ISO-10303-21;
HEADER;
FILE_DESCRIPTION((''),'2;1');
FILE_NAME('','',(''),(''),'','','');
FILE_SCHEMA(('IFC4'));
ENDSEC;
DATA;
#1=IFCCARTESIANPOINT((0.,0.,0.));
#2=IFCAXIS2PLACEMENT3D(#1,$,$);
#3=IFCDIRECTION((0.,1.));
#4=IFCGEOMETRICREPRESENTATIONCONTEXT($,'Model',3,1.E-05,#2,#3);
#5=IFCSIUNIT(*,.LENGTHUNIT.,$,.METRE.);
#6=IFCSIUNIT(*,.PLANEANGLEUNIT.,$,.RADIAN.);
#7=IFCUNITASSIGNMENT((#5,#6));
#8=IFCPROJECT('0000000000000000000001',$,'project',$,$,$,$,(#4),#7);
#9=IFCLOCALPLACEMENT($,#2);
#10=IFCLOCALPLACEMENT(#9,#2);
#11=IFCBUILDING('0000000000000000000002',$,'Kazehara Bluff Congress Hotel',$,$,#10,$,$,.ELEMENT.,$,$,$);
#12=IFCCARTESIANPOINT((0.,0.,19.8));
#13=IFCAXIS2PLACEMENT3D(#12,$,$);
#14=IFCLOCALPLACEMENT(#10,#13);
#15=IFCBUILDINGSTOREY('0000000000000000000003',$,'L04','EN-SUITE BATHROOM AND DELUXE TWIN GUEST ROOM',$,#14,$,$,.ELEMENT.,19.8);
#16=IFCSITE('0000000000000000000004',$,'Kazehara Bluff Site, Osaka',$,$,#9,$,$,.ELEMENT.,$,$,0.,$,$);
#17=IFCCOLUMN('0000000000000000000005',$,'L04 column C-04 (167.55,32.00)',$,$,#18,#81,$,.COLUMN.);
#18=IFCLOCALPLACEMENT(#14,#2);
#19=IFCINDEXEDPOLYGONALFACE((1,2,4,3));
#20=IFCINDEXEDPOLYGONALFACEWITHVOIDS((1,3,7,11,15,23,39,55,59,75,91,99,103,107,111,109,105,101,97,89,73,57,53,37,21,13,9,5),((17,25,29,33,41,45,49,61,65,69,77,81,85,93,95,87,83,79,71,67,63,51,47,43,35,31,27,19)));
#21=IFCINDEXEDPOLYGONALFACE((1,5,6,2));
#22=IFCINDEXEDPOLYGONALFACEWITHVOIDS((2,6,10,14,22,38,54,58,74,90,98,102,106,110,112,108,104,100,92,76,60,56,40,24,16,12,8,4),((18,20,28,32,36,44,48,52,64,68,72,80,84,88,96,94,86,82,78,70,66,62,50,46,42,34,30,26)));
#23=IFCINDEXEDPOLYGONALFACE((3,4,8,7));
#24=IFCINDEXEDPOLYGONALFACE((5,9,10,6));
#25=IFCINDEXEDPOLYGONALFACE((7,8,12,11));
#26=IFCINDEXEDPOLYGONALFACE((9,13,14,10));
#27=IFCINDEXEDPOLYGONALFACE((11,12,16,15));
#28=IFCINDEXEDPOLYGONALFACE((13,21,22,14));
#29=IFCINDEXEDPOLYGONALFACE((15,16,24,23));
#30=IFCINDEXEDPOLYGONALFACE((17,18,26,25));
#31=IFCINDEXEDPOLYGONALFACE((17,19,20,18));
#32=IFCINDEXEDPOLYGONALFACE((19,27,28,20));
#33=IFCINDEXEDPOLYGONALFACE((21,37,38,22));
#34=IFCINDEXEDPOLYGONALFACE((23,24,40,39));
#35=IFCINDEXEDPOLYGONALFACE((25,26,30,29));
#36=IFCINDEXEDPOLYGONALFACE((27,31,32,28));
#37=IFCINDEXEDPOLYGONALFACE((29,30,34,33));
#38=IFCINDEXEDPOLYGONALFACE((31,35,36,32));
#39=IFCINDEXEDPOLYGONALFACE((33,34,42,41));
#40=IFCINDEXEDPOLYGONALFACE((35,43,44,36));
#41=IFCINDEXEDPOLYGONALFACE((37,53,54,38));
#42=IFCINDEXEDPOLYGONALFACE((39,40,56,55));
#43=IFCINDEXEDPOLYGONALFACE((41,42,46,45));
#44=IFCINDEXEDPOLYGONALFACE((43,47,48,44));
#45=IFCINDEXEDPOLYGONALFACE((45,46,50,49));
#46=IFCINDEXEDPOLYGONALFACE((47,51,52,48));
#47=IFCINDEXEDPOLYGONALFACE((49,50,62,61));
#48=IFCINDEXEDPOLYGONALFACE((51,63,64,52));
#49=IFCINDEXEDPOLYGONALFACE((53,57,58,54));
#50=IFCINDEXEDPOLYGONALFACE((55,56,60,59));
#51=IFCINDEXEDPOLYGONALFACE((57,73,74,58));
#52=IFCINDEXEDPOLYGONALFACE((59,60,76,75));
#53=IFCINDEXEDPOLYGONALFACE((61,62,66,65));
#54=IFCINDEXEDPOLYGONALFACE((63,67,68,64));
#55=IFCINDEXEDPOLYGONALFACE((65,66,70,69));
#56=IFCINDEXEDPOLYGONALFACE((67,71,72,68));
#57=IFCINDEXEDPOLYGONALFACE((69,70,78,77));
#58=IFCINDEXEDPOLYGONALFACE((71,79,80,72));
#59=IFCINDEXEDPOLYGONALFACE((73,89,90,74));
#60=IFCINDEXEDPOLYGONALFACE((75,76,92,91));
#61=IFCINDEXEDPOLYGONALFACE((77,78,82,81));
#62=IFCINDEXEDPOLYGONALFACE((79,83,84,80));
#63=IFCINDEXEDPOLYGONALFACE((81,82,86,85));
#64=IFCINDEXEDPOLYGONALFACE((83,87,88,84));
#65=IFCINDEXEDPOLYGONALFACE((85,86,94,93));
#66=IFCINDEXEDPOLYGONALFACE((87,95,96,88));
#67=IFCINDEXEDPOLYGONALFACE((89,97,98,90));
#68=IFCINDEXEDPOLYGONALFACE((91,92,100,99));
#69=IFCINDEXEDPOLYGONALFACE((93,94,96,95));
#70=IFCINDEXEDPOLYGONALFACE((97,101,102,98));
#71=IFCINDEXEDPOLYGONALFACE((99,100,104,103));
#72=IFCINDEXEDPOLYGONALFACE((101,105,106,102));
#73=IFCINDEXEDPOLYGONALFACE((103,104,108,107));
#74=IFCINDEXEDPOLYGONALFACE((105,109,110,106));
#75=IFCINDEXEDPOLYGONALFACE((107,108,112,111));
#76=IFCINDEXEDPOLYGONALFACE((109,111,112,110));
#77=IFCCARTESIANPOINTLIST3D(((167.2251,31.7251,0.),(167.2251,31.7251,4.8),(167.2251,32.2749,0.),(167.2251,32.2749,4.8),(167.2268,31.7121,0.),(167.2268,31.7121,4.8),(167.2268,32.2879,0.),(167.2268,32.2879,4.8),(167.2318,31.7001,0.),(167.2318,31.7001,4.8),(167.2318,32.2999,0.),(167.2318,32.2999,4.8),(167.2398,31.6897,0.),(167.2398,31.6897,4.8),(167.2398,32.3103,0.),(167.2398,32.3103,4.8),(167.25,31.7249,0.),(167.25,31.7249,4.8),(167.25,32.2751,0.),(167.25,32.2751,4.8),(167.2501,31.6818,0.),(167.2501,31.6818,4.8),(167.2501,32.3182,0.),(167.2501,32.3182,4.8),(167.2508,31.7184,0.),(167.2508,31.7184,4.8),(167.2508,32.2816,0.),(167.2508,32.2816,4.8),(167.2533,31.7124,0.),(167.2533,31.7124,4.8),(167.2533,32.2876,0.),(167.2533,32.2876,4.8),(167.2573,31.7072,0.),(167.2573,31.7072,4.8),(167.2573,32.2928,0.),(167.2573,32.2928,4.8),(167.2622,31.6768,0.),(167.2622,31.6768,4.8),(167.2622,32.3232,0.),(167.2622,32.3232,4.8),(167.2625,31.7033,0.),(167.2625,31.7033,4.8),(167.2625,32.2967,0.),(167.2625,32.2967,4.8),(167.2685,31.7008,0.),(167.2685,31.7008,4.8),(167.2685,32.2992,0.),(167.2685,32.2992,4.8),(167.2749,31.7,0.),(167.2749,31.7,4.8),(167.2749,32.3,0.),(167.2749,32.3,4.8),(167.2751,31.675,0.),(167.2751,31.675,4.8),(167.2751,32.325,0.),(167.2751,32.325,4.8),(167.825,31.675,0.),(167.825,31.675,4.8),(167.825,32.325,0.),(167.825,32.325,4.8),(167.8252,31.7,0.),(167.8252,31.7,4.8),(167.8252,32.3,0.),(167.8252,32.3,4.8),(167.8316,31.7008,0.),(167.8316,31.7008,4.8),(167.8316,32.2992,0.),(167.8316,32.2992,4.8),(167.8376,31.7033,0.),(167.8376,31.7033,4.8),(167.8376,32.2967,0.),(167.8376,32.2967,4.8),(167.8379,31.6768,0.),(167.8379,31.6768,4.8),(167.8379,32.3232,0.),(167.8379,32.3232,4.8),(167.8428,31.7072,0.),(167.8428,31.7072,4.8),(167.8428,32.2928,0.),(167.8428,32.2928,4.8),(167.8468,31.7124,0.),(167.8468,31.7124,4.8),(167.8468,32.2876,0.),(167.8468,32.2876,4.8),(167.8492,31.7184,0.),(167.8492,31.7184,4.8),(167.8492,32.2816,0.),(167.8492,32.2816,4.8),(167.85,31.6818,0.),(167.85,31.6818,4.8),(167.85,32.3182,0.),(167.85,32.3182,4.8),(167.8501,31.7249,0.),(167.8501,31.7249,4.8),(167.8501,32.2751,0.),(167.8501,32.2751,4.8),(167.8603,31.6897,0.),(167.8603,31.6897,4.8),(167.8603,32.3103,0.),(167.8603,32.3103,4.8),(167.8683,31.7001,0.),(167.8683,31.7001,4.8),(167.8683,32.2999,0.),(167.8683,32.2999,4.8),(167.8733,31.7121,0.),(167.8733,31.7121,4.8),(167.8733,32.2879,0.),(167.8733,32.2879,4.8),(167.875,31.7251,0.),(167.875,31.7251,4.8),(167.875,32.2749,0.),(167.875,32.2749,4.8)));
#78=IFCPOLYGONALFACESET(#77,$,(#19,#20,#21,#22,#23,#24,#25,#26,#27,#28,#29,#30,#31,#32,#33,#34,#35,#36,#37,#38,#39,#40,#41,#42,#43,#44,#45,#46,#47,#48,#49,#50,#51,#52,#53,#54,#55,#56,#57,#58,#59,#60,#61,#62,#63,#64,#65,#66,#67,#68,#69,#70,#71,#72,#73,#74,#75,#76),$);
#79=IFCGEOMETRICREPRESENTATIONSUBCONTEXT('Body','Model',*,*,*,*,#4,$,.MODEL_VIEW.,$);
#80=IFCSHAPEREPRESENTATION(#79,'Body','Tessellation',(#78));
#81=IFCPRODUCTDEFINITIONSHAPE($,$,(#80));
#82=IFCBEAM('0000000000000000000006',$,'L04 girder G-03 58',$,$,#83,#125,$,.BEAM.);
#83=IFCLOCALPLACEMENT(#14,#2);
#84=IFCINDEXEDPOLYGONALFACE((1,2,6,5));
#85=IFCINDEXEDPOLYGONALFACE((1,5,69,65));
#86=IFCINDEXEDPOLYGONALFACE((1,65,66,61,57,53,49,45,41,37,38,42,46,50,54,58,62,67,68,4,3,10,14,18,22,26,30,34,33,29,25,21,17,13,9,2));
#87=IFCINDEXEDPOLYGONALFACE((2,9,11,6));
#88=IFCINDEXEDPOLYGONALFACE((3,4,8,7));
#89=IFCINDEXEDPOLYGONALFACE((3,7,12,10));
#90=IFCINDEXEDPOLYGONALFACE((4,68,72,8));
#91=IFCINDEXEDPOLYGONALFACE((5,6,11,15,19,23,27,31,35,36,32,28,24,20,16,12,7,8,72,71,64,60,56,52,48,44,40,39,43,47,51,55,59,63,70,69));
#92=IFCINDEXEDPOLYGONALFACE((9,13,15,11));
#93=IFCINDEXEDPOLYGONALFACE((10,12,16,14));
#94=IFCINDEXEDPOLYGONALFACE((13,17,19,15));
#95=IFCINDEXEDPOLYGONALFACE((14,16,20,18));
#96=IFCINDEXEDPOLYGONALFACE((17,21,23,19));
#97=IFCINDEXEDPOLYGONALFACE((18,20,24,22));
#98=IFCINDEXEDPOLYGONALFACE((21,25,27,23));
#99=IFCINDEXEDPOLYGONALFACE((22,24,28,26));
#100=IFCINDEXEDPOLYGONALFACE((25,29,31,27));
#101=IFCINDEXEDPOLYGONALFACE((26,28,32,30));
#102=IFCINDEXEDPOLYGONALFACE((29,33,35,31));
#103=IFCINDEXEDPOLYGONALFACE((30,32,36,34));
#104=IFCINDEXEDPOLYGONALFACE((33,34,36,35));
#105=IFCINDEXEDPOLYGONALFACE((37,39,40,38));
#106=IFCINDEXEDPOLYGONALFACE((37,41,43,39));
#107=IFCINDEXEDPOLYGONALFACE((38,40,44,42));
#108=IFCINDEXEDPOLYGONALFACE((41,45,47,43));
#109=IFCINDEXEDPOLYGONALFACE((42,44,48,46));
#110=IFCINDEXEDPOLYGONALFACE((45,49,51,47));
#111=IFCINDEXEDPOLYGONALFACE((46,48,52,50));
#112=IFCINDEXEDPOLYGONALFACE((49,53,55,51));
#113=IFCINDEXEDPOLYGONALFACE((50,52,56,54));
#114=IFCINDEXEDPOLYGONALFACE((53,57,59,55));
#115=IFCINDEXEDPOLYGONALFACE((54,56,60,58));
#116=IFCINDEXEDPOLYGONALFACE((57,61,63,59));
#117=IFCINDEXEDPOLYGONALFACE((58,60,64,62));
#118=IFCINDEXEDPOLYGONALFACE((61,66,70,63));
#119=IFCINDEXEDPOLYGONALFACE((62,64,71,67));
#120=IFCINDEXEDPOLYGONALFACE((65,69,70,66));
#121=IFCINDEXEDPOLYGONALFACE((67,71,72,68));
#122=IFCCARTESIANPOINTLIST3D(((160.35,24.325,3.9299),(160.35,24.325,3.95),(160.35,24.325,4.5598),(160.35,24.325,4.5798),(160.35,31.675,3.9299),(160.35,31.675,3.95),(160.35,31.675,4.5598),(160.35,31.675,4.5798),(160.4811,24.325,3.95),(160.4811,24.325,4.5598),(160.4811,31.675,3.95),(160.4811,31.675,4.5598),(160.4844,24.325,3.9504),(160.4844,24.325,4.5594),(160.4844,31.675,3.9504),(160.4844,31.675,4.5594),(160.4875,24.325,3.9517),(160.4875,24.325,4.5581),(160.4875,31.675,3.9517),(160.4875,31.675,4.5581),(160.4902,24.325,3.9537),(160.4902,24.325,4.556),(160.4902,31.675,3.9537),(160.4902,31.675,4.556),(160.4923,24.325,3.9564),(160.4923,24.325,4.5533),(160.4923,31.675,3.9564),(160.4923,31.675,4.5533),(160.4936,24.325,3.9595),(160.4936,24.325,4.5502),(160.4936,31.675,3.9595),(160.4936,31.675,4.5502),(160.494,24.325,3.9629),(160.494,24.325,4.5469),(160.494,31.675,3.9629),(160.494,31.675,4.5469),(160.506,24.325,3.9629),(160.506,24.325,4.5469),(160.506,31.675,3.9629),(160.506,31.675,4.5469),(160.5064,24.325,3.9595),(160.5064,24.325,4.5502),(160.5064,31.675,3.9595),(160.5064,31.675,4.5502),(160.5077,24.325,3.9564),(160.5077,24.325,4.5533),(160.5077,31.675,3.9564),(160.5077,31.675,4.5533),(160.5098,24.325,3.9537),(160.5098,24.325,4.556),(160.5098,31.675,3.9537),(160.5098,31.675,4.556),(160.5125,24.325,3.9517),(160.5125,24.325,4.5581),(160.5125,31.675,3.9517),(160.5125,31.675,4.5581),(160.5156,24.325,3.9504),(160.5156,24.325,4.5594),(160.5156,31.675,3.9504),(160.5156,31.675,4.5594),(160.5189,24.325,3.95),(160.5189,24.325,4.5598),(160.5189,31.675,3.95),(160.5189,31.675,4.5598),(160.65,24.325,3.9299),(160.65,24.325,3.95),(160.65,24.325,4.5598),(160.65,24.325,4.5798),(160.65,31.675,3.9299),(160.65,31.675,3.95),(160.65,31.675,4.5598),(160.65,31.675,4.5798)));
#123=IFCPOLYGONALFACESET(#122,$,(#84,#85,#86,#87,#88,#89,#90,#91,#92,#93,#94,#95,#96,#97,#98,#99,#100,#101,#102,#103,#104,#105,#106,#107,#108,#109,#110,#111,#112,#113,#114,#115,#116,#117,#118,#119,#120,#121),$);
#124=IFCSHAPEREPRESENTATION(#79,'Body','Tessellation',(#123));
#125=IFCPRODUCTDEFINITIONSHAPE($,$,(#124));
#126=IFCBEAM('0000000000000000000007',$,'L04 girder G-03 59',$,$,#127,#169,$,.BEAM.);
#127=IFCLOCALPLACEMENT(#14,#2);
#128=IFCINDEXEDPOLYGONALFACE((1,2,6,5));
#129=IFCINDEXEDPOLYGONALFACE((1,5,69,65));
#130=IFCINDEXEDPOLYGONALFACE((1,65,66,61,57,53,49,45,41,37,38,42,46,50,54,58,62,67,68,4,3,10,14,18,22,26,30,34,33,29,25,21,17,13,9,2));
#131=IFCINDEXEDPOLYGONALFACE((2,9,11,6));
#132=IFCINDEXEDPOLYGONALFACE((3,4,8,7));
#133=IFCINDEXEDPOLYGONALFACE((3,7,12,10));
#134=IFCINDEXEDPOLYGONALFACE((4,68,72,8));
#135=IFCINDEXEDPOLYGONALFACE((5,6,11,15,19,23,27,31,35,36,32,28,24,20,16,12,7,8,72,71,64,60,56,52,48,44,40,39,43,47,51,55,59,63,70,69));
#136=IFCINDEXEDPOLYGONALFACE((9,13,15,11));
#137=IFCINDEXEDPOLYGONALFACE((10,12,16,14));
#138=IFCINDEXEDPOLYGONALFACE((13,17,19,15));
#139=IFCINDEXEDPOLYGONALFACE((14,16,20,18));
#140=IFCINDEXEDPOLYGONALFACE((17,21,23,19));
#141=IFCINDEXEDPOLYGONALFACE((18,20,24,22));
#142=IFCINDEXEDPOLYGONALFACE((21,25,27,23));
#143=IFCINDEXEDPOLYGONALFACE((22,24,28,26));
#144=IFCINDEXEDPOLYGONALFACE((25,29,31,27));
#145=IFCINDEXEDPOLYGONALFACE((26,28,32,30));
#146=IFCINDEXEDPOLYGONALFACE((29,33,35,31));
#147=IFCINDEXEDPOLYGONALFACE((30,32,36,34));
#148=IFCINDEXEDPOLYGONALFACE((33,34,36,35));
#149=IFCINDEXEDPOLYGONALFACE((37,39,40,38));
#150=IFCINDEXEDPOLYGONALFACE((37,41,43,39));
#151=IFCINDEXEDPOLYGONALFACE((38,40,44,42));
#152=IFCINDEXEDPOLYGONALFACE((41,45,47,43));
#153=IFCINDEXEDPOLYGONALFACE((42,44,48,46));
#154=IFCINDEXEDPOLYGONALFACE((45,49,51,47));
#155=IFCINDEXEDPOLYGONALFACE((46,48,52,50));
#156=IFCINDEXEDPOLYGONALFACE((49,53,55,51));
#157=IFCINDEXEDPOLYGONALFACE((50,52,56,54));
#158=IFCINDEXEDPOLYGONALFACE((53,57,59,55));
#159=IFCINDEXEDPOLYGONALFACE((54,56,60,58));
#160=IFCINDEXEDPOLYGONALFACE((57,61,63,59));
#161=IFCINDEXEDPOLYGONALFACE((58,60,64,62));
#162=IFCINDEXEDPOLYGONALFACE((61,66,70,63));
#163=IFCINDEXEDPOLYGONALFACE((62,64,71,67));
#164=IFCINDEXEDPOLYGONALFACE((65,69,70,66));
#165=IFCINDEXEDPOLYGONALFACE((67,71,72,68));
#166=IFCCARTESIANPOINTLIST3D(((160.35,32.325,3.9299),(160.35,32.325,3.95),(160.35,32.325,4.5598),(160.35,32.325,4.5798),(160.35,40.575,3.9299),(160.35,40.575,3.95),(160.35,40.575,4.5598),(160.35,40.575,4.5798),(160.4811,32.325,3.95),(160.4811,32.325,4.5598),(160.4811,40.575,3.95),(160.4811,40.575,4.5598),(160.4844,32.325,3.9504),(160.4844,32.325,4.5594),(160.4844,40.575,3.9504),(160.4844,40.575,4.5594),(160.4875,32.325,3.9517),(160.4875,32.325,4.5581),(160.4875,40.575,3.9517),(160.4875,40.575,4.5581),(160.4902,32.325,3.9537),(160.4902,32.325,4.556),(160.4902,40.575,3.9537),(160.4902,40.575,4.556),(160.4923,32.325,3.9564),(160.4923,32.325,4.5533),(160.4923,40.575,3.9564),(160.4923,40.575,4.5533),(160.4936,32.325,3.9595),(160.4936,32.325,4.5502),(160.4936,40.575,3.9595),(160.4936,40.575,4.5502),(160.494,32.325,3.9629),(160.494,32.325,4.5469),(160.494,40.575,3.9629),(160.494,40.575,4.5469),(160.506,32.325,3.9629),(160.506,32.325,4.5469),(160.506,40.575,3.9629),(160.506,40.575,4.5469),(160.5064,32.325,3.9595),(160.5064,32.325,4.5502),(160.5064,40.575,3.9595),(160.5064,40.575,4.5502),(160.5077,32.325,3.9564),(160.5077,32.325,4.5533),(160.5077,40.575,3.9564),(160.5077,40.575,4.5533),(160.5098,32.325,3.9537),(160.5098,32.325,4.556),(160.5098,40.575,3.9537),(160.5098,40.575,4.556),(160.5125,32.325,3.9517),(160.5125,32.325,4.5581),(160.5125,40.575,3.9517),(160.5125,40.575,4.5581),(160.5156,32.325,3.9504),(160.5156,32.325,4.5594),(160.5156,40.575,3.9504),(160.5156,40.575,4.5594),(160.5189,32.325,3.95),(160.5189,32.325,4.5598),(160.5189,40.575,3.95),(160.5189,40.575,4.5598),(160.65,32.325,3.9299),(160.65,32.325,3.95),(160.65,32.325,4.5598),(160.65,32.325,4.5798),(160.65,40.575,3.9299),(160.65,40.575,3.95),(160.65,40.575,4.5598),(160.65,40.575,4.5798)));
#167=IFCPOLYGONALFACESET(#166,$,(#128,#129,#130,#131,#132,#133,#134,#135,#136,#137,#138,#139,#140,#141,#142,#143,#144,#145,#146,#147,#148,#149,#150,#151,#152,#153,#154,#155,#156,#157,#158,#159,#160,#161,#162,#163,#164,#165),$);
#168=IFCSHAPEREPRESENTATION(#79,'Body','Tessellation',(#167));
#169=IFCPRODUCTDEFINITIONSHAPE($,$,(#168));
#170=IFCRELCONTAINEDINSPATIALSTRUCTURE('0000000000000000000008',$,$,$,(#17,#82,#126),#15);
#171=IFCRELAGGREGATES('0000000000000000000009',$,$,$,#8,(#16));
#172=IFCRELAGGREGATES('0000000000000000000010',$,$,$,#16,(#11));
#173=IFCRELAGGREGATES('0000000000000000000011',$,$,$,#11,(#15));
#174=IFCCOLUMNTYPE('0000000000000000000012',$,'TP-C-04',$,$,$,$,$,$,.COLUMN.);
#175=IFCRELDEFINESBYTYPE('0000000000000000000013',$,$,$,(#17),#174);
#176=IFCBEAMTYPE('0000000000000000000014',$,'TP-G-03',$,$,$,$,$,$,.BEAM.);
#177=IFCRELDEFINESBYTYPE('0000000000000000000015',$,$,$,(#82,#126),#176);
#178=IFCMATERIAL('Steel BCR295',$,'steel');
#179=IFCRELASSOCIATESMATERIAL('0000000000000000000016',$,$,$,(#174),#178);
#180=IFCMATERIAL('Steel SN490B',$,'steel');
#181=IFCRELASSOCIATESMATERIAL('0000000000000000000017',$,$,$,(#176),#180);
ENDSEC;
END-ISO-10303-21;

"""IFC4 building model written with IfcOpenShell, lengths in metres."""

from ifc_helpers import new_model, si_unit, direction, frame, origin, origin_2d, place, context, subcontext, project, spatial, hollow_rectangle, i_section, extrude, material, material_profile, profile_set, type_object, element, save


model = new_model("IFC4")

# Units and contexts
model_context = context("Model", 3, precision=1e-05, world=origin(), true_north=direction((0.0, 1.0)))
body_context = subcontext(model_context, "Body", "Model", "MODEL_VIEW")
ifc_project = project(units=[si_unit("LENGTHUNIT", "METRE"), si_unit("PLANEANGLEUNIT", "RADIAN")], contexts=[model_context])

# Site, building, storey
site_placement = place(None, origin())
site = spatial("IfcSite", under=ifc_project, at=site_placement, Name="Kazehara Bluff Site, Osaka", CompositionType="ELEMENT", RefElevation=0.0)
building_placement = place(site_placement, origin())
building = spatial("IfcBuilding", under=site, at=building_placement, Name="Kazehara Bluff Congress Hotel", CompositionType="ELEMENT")
storey_placement = place(building_placement, frame((0.0, 0.0, 19.8)))
storey = spatial("IfcBuildingStorey", under=building, at=storey_placement, Name="L04", Description="EN-SUITE BATHROOM AND DELUXE TWIN GUEST ROOM", CompositionType="ELEMENT", Elevation=19.8)

# Column
ifc_material_1 = material(Name="Steel BCR295", Category="steel")
ifc_material_profile_1 = material_profile(ifc_material_1, hollow_rectangle(XDim=0.6499, YDim=0.6499, WallThickness=0.0249, InnerFilletRadius=0.0249, OuterFilletRadius=0.05, at=origin_2d()))
ifc_profile_set_1 = profile_set([ifc_material_profile_1], Name="Steel BCR295")
column_type = type_object("IfcColumnType", Name="TP-C-04", PredefinedType="COLUMN", material=ifc_profile_set_1)
for number, where, z_axis, x_axis, name in (
    (1, (167.55, 32.0, 0.0), (0.0, 0.0, 1.0), (1.0, 0.0, 0.0), "L04 column C-04 (167.55,32.00)"),
):
    element("IfcColumn", number, at=place(storey_placement, frame(where, z_axis=z_axis, x_axis=x_axis)), inside=storey, type_object=column_type, Name=name, PredefinedType="COLUMN", context=body_context, shape_type="SweptSolid", body=[
        extrude(hollow_rectangle(XDim=0.6499, YDim=0.6499, WallThickness=0.0249, InnerFilletRadius=0.0249, OuterFilletRadius=0.05, at=origin_2d()), origin(), (0.0, 0.0, 1.0), 4.8),
    ])

# Beams
ifc_material_2 = material(Name="Steel SN490B", Category="steel")
ifc_material_profile_2 = material_profile(ifc_material_2, i_section(OverallWidth=0.3, OverallDepth=0.6499, WebThickness=0.012, FlangeThickness=0.02, FilletRadius=0.0129, at=origin_2d()))
ifc_profile_set_2 = profile_set([ifc_material_profile_2], Name="Steel SN490B")
beam_type_1 = type_object("IfcBeamType", Name="TP-G-03", PredefinedType="BEAM", material=ifc_profile_set_2)
beam_1_placement = place(storey_placement, frame((160.5, 24.325, 4.2549), z_axis=(0.0, 1.0, 0.0), x_axis=(-1.0, 0.0, 0.0)))
element("IfcBeam", 2, at=beam_1_placement, inside=storey, type_object=beam_type_1, Name="L04 girder G-03 58", PredefinedType="BEAM", context=body_context, shape_type="SweptSolid", body=[
    extrude(i_section(OverallWidth=0.3, OverallDepth=0.6499, WebThickness=0.012, FlangeThickness=0.02, FilletRadius=0.0129, at=origin_2d()), origin(), (0.0, 0.0, 1.0), 7.3501),
])
beam_2_placement = place(storey_placement, frame((160.5, 32.325, 4.2549), z_axis=(0.0, 1.0, 0.0), x_axis=(-1.0, 0.0, 0.0)))
element("IfcBeam", 3, at=beam_2_placement, inside=storey, type_object=beam_type_1, Name="L04 girder G-03 59", PredefinedType="BEAM", context=body_context, shape_type="SweptSolid", body=[
    extrude(i_section(OverallWidth=0.3, OverallDepth=0.6499, WebThickness=0.012, FlangeThickness=0.02, FilletRadius=0.0129, at=origin_2d()), origin(), (0.0, 0.0, 1.0), 8.25),
])

save(model, "model.ifc")
